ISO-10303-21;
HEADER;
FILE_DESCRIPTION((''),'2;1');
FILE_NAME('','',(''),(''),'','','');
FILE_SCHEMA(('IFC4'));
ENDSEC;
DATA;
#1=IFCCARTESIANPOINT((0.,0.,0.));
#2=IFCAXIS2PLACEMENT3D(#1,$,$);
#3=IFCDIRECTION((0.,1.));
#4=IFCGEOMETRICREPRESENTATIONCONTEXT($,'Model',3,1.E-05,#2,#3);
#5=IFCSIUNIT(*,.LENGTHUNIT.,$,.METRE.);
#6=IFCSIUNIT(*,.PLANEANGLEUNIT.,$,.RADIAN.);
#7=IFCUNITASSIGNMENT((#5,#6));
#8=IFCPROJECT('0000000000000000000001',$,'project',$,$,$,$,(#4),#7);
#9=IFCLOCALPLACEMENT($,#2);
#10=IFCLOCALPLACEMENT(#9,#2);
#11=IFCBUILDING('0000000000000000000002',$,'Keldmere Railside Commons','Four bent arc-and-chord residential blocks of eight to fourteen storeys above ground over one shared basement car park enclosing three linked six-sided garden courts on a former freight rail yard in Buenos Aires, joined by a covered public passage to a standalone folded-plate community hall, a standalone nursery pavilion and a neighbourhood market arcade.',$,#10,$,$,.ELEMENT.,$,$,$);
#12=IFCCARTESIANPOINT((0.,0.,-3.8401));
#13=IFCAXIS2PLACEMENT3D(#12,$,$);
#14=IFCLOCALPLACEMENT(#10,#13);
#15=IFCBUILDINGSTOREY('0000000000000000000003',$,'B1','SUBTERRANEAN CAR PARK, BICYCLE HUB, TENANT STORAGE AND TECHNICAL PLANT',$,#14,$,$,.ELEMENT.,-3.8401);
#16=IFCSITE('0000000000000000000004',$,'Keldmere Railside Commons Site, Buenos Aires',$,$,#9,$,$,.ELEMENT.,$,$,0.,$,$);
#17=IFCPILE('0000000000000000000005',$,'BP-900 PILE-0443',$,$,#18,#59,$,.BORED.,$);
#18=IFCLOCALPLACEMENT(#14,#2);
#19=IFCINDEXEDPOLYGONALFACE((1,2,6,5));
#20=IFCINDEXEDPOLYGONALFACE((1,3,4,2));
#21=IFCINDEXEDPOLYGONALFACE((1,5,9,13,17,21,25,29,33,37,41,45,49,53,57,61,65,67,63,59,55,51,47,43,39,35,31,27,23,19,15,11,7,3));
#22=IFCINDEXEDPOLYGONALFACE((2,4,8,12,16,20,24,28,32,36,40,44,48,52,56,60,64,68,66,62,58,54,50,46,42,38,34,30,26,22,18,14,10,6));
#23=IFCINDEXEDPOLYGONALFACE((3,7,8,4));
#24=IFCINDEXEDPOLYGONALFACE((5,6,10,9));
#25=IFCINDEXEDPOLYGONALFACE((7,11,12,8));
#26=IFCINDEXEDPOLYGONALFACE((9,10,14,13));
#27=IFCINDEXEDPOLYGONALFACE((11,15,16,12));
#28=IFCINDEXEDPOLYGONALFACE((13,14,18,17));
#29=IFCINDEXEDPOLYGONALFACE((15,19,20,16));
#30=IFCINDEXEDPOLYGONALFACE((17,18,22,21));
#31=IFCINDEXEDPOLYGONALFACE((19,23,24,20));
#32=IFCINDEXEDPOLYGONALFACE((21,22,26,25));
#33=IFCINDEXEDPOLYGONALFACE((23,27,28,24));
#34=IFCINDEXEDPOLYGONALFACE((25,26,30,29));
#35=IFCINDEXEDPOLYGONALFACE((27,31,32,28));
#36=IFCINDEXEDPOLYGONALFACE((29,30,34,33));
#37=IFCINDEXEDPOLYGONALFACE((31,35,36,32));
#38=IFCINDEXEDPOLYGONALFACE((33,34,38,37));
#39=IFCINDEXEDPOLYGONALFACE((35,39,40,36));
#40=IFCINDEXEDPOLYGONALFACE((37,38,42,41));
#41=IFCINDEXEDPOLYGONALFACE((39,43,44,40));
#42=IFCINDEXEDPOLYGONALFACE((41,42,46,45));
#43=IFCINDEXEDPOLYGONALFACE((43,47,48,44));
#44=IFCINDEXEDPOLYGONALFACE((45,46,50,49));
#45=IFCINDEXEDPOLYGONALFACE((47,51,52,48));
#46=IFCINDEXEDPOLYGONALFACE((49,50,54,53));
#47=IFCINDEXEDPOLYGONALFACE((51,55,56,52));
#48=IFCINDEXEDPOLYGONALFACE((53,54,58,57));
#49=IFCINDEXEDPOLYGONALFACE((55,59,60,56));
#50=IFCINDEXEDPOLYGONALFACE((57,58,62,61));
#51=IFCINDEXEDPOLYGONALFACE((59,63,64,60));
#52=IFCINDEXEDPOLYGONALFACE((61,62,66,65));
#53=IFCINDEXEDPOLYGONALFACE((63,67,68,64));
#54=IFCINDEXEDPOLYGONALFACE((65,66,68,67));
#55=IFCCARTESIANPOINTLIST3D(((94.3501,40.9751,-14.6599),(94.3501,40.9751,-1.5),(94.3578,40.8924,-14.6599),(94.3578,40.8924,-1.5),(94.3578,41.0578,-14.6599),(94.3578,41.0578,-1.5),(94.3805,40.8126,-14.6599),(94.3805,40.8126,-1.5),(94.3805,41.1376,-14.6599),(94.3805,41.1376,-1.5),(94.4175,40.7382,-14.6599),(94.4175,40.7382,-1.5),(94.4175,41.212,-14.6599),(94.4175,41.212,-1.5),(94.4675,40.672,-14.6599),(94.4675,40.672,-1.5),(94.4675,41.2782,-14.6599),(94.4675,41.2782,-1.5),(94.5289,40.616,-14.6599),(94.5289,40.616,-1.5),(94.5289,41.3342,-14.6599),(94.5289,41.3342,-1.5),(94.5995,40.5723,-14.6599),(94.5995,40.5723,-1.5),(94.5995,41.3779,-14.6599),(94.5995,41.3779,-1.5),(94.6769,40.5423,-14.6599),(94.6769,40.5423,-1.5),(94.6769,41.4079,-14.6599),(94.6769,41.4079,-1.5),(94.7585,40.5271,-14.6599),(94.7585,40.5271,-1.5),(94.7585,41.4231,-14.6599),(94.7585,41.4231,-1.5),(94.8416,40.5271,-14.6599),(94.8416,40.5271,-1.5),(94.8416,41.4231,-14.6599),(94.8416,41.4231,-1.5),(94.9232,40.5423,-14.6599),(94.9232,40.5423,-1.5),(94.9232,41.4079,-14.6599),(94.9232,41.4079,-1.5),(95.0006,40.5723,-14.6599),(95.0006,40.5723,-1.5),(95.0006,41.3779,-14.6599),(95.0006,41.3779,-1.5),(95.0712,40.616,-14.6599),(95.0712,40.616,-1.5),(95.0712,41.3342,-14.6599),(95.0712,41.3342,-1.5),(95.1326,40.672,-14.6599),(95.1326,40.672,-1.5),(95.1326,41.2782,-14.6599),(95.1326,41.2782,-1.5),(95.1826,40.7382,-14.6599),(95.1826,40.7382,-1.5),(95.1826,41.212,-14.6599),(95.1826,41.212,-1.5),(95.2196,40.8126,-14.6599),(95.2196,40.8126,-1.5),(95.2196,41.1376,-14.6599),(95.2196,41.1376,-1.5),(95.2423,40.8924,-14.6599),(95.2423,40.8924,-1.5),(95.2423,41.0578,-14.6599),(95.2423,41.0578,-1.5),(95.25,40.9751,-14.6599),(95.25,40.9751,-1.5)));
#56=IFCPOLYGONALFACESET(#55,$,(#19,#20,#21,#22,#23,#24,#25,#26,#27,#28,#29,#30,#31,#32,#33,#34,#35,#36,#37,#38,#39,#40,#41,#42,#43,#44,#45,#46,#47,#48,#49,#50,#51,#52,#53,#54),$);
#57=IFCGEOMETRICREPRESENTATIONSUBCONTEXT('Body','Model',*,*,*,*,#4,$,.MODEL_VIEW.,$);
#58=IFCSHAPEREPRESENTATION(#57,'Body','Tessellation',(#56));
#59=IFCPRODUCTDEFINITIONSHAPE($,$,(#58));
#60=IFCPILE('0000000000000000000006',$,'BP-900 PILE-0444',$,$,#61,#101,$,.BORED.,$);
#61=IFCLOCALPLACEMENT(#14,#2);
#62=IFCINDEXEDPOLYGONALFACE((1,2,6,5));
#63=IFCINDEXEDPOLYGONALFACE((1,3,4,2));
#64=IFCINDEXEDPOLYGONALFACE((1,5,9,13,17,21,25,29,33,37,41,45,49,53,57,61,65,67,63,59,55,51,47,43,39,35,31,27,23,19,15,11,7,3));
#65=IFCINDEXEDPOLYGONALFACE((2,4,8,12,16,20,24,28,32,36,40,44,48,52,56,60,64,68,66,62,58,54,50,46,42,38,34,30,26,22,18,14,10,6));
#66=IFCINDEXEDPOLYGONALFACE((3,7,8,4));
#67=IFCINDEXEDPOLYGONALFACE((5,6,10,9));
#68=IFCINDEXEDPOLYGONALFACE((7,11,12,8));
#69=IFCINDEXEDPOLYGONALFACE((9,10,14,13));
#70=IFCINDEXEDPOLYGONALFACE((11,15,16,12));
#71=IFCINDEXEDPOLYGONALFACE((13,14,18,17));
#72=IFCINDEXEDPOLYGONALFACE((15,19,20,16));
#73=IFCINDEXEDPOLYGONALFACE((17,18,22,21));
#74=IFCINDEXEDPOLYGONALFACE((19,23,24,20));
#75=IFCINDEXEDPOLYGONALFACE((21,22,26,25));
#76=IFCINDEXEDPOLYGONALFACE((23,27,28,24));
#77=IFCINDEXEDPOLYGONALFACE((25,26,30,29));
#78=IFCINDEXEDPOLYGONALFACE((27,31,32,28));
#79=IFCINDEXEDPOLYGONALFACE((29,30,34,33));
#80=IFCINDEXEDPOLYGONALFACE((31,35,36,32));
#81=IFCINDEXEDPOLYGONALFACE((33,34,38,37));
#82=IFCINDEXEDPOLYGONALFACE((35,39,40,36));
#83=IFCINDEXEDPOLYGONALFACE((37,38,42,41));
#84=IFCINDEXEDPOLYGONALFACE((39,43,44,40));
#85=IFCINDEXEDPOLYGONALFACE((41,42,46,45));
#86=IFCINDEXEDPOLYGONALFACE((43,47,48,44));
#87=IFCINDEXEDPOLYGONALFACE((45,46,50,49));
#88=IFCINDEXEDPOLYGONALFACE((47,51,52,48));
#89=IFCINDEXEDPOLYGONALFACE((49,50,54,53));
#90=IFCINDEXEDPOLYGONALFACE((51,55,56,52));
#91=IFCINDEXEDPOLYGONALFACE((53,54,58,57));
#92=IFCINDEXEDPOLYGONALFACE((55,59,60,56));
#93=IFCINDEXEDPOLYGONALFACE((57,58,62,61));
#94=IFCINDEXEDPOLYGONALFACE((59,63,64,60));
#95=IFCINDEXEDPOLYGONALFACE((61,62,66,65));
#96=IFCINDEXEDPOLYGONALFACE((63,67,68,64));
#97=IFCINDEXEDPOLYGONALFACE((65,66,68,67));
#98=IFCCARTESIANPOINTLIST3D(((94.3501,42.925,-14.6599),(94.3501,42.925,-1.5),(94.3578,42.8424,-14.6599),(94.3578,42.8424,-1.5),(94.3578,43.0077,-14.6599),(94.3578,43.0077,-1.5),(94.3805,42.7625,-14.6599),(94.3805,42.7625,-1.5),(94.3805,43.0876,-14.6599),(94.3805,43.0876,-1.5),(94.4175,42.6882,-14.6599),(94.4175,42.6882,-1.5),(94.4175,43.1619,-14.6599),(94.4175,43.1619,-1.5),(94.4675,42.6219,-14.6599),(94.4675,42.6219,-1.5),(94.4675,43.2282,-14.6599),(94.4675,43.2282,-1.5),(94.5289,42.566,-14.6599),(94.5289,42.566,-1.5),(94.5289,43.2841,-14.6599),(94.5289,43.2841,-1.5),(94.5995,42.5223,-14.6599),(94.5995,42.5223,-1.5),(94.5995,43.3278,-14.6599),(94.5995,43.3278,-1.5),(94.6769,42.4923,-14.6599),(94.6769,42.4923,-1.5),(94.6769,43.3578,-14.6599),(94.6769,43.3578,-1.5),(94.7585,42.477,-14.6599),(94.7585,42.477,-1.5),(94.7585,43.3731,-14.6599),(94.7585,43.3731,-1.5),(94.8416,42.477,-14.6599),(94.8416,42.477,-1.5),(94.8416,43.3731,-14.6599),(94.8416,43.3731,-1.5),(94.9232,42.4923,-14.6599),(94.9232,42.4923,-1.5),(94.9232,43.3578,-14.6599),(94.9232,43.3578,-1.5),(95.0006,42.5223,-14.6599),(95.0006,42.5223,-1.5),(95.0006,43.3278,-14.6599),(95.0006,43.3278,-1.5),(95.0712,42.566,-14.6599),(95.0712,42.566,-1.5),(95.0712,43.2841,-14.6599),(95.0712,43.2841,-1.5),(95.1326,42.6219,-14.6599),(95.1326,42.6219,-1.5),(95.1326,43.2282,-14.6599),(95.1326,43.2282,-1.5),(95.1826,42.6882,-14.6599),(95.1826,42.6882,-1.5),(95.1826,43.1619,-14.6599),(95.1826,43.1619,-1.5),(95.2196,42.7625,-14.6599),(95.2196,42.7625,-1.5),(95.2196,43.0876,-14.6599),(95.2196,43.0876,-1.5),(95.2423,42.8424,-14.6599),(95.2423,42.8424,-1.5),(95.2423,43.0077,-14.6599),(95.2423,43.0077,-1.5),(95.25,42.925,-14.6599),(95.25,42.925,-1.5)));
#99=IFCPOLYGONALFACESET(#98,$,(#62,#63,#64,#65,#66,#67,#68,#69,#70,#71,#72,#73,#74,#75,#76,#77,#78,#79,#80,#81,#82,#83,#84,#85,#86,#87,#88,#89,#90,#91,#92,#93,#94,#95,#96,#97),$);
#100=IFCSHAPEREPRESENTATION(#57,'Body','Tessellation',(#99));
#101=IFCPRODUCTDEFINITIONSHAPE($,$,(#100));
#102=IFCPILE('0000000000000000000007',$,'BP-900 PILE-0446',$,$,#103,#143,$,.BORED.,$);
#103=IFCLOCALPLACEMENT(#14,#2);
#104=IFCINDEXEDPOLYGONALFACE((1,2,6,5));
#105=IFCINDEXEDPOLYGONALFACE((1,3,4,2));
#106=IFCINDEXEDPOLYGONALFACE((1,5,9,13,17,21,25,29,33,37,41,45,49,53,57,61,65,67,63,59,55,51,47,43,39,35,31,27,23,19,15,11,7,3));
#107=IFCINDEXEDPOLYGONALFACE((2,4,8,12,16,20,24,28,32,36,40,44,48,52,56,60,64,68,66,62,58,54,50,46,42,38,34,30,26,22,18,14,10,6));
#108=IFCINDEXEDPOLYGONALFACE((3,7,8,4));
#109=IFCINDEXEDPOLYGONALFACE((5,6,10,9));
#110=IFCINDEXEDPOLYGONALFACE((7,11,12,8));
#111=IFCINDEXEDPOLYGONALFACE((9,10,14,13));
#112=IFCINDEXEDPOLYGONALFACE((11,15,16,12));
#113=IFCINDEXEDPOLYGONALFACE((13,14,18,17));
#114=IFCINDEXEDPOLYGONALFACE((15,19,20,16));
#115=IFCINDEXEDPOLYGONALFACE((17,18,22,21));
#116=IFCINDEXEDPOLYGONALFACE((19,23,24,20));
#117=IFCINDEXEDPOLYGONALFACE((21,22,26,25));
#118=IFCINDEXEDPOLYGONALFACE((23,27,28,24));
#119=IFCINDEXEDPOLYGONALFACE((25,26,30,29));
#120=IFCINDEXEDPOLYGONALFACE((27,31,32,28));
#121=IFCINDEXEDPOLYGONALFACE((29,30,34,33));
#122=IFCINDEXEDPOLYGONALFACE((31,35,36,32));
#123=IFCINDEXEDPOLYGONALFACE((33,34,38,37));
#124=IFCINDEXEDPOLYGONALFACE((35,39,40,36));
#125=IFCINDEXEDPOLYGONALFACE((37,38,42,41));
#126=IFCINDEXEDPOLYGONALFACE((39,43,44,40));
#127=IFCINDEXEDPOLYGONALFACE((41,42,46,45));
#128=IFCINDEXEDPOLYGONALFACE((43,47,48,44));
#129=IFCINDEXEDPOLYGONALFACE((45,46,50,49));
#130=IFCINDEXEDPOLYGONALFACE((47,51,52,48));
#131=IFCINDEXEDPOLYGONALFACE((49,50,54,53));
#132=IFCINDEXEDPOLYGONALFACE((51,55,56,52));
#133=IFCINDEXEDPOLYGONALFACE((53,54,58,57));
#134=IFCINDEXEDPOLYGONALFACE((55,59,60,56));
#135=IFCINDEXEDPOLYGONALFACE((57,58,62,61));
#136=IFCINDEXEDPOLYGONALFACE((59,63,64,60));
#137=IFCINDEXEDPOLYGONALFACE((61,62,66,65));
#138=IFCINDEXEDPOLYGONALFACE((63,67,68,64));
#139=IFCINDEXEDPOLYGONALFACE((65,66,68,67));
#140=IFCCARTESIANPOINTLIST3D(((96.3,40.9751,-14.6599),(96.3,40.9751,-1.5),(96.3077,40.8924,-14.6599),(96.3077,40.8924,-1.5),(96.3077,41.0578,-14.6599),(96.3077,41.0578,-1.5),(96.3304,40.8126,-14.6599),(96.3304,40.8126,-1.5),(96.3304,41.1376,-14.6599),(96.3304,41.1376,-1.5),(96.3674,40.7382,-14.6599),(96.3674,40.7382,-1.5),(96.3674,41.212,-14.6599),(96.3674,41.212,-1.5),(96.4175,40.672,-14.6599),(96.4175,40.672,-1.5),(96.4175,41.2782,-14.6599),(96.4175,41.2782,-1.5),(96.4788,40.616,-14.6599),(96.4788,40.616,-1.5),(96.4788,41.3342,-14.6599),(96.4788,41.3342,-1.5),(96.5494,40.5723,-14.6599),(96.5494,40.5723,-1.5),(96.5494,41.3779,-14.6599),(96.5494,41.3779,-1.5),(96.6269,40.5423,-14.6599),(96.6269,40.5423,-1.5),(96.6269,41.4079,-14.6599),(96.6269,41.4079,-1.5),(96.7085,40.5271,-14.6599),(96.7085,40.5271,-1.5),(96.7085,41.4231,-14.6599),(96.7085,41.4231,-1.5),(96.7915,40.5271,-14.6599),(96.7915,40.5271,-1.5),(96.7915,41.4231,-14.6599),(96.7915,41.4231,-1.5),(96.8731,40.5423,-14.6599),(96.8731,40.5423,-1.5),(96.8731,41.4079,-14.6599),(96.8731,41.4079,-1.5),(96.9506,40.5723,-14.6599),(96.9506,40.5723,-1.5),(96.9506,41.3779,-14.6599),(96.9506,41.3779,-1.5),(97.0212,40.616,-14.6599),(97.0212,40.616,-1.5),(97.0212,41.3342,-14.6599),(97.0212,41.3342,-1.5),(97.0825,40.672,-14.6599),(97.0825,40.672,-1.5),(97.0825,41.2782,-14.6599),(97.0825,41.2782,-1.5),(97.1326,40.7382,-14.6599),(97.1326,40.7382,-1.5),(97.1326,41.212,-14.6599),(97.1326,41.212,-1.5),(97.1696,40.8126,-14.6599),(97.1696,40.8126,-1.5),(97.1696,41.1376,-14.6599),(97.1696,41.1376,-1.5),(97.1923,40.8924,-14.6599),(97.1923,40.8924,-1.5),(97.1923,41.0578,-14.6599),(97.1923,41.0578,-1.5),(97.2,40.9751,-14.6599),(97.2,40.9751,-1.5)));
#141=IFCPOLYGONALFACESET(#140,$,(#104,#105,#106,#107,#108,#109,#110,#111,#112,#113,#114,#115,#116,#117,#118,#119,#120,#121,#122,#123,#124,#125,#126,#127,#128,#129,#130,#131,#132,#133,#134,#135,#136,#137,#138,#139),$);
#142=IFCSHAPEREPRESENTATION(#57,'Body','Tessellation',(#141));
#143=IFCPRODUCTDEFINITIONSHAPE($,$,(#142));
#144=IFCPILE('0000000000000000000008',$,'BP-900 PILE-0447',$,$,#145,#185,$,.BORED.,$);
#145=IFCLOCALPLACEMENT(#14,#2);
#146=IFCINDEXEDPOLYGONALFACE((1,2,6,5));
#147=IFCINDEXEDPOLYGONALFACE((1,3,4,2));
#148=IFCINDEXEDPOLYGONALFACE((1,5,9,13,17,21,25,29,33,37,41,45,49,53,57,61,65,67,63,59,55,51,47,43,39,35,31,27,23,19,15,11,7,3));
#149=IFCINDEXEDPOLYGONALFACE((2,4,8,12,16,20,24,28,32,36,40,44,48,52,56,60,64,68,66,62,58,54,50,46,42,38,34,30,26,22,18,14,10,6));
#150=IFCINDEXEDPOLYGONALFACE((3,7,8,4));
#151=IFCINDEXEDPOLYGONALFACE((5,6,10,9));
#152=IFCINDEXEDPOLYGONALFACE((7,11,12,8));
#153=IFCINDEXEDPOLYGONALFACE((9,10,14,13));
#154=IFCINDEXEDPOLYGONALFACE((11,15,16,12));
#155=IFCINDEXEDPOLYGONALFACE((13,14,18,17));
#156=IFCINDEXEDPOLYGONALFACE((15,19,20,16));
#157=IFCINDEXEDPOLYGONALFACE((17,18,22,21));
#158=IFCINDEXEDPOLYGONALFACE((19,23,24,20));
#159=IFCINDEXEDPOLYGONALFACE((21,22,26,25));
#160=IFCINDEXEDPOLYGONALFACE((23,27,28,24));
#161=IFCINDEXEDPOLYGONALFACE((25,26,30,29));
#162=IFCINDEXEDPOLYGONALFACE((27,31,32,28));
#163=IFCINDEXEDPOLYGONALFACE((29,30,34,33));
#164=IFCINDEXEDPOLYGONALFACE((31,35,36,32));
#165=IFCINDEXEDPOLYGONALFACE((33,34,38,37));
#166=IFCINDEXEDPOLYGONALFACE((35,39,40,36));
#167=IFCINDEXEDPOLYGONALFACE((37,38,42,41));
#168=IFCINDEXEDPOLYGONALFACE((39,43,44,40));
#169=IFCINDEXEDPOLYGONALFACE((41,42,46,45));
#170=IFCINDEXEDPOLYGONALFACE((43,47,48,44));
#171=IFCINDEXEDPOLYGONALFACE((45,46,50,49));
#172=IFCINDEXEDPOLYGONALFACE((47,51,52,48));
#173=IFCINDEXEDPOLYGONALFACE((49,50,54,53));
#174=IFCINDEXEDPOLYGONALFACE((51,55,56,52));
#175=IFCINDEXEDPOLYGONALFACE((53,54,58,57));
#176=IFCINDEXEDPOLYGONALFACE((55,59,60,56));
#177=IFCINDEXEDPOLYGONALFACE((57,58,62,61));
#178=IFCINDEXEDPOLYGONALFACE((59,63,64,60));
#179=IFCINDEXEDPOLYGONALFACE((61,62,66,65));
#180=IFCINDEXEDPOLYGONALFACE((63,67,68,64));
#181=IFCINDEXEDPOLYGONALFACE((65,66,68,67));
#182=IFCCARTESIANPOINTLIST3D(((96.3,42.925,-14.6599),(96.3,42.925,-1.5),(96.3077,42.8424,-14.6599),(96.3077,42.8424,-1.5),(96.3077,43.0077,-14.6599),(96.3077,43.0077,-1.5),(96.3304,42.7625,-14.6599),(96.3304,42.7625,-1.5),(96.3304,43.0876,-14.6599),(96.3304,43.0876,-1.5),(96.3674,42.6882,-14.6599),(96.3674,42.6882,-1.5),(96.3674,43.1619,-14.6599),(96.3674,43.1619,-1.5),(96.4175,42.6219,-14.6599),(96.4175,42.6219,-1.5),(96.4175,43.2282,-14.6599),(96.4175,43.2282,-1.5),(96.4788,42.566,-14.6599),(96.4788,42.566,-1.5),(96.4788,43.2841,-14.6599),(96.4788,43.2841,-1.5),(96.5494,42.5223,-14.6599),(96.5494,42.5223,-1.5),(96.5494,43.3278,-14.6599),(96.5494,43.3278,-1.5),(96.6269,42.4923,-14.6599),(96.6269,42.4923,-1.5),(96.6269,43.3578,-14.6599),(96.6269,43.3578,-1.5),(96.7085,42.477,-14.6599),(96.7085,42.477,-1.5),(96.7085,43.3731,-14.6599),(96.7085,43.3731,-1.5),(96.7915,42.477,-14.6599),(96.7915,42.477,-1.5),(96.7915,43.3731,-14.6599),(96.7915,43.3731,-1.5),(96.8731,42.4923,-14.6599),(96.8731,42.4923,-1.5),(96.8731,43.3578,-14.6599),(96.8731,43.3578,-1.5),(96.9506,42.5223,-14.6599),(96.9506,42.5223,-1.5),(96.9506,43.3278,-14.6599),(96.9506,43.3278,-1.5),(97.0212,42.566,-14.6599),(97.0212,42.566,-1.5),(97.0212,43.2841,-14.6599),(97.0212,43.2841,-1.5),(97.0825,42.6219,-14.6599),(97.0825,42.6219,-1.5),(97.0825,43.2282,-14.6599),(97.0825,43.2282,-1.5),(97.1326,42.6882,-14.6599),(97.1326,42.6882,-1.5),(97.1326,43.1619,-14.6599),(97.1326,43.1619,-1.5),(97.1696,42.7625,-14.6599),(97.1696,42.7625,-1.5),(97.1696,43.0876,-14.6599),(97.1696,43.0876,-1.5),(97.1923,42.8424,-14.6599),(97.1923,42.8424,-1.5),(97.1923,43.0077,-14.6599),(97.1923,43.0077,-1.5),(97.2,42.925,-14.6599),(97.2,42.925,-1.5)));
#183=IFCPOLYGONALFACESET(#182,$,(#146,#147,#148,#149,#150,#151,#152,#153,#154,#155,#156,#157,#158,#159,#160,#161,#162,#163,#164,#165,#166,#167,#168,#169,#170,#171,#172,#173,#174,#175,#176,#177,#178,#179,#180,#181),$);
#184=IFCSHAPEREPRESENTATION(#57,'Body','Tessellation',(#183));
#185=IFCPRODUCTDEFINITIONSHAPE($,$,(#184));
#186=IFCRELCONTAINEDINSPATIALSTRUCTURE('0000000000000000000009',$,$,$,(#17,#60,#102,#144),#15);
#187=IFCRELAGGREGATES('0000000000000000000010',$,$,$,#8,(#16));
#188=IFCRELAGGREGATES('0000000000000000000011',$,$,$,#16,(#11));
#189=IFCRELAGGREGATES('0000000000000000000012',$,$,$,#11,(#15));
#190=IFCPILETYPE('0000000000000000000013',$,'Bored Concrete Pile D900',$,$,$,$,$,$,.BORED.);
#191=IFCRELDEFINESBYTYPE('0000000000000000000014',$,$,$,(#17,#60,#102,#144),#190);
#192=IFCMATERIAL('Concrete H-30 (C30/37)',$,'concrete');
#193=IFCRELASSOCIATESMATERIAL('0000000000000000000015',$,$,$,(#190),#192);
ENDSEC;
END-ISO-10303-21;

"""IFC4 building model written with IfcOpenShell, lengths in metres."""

from ifc_helpers import new_model, si_unit, direction, frame, origin, origin_2d, place, context, subcontext, project, spatial, circle, extrude, material, material_profile, profile_set, type_object, element, save


model = new_model("IFC4")

# Units and contexts
model_context = context("Model", 3, precision=1e-05, world=origin(), true_north=direction((0.0, 1.0)))
body_context = subcontext(model_context, "Body", "Model", "MODEL_VIEW")
ifc_project = project(units=[si_unit("LENGTHUNIT", "METRE"), si_unit("PLANEANGLEUNIT", "RADIAN")], contexts=[model_context])

# Site, building, storey
site_placement = place(None, origin())
site = spatial("IfcSite", under=ifc_project, at=site_placement, Name="Keldmere Railside Commons Site, Buenos Aires", CompositionType="ELEMENT", RefElevation=0.0)
building_placement = place(site_placement, origin())
building = spatial("IfcBuilding", under=site, at=building_placement, Name="Keldmere Railside Commons", Description="Four bent arc-and-chord residential blocks of eight to fourteen storeys above ground over one shared basement car park enclosing three linked six-sided garden courts on a former freight rail yard in Buenos Aires, joined by a covered public passage to a standalone folded-plate community hall, a standalone nursery pavilion and a neighbourhood market arcade.", CompositionType="ELEMENT")
storey_placement = place(building_placement, frame((0.0, 0.0, -3.8401)))
storey = spatial("IfcBuildingStorey", under=building, at=storey_placement, Name="B1", Description="SUBTERRANEAN CAR PARK, BICYCLE HUB, TENANT STORAGE AND TECHNICAL PLANT", CompositionType="ELEMENT", Elevation=-3.8401)

# Piles
ifc_material_1 = material(Name="Concrete H-30 (C30/37)", Category="concrete")
ifc_material_profile_1 = material_profile(ifc_material_1, circle(Radius=0.45, at=origin_2d()), Name="PILE-D900")
ifc_profile_set_1 = profile_set([ifc_material_profile_1], Name="Concrete H-30 (C30/37)")
pile_type_1 = type_object("IfcPileType", Name="Bored Concrete Pile D900", PredefinedType="BORED", material=ifc_profile_set_1)
for number, where, z_axis, x_axis, name in (
    (1, (94.8, 40.9751, -1.5), (0.0, 0.0, -1.0), (1.0, 0.0, 0.0), "BP-900 PILE-0443"),
    (2, (94.8, 42.925, -1.5), (0.0, 0.0, -1.0), (1.0, 0.0, 0.0), "BP-900 PILE-0444"),
    (3, (96.75, 40.9751, -1.5), (0.0, 0.0, -1.0), (1.0, 0.0, 0.0), "BP-900 PILE-0446"),
    (4, (96.75, 42.925, -1.5), (0.0, 0.0, -1.0), (1.0, 0.0, 0.0), "BP-900 PILE-0447"),
):
    element("IfcPile", number, at=place(storey_placement, frame(where, z_axis=z_axis, x_axis=x_axis)), inside=storey, type_object=pile_type_1, Name=name, PredefinedType="BORED", context=body_context, shape_type="SweptSolid", body=[
        extrude(circle(Radius=0.45, at=origin_2d()), origin(), (0.0, 0.0, 1.0), 13.1599),
    ])

save(model, "model.ifc")
